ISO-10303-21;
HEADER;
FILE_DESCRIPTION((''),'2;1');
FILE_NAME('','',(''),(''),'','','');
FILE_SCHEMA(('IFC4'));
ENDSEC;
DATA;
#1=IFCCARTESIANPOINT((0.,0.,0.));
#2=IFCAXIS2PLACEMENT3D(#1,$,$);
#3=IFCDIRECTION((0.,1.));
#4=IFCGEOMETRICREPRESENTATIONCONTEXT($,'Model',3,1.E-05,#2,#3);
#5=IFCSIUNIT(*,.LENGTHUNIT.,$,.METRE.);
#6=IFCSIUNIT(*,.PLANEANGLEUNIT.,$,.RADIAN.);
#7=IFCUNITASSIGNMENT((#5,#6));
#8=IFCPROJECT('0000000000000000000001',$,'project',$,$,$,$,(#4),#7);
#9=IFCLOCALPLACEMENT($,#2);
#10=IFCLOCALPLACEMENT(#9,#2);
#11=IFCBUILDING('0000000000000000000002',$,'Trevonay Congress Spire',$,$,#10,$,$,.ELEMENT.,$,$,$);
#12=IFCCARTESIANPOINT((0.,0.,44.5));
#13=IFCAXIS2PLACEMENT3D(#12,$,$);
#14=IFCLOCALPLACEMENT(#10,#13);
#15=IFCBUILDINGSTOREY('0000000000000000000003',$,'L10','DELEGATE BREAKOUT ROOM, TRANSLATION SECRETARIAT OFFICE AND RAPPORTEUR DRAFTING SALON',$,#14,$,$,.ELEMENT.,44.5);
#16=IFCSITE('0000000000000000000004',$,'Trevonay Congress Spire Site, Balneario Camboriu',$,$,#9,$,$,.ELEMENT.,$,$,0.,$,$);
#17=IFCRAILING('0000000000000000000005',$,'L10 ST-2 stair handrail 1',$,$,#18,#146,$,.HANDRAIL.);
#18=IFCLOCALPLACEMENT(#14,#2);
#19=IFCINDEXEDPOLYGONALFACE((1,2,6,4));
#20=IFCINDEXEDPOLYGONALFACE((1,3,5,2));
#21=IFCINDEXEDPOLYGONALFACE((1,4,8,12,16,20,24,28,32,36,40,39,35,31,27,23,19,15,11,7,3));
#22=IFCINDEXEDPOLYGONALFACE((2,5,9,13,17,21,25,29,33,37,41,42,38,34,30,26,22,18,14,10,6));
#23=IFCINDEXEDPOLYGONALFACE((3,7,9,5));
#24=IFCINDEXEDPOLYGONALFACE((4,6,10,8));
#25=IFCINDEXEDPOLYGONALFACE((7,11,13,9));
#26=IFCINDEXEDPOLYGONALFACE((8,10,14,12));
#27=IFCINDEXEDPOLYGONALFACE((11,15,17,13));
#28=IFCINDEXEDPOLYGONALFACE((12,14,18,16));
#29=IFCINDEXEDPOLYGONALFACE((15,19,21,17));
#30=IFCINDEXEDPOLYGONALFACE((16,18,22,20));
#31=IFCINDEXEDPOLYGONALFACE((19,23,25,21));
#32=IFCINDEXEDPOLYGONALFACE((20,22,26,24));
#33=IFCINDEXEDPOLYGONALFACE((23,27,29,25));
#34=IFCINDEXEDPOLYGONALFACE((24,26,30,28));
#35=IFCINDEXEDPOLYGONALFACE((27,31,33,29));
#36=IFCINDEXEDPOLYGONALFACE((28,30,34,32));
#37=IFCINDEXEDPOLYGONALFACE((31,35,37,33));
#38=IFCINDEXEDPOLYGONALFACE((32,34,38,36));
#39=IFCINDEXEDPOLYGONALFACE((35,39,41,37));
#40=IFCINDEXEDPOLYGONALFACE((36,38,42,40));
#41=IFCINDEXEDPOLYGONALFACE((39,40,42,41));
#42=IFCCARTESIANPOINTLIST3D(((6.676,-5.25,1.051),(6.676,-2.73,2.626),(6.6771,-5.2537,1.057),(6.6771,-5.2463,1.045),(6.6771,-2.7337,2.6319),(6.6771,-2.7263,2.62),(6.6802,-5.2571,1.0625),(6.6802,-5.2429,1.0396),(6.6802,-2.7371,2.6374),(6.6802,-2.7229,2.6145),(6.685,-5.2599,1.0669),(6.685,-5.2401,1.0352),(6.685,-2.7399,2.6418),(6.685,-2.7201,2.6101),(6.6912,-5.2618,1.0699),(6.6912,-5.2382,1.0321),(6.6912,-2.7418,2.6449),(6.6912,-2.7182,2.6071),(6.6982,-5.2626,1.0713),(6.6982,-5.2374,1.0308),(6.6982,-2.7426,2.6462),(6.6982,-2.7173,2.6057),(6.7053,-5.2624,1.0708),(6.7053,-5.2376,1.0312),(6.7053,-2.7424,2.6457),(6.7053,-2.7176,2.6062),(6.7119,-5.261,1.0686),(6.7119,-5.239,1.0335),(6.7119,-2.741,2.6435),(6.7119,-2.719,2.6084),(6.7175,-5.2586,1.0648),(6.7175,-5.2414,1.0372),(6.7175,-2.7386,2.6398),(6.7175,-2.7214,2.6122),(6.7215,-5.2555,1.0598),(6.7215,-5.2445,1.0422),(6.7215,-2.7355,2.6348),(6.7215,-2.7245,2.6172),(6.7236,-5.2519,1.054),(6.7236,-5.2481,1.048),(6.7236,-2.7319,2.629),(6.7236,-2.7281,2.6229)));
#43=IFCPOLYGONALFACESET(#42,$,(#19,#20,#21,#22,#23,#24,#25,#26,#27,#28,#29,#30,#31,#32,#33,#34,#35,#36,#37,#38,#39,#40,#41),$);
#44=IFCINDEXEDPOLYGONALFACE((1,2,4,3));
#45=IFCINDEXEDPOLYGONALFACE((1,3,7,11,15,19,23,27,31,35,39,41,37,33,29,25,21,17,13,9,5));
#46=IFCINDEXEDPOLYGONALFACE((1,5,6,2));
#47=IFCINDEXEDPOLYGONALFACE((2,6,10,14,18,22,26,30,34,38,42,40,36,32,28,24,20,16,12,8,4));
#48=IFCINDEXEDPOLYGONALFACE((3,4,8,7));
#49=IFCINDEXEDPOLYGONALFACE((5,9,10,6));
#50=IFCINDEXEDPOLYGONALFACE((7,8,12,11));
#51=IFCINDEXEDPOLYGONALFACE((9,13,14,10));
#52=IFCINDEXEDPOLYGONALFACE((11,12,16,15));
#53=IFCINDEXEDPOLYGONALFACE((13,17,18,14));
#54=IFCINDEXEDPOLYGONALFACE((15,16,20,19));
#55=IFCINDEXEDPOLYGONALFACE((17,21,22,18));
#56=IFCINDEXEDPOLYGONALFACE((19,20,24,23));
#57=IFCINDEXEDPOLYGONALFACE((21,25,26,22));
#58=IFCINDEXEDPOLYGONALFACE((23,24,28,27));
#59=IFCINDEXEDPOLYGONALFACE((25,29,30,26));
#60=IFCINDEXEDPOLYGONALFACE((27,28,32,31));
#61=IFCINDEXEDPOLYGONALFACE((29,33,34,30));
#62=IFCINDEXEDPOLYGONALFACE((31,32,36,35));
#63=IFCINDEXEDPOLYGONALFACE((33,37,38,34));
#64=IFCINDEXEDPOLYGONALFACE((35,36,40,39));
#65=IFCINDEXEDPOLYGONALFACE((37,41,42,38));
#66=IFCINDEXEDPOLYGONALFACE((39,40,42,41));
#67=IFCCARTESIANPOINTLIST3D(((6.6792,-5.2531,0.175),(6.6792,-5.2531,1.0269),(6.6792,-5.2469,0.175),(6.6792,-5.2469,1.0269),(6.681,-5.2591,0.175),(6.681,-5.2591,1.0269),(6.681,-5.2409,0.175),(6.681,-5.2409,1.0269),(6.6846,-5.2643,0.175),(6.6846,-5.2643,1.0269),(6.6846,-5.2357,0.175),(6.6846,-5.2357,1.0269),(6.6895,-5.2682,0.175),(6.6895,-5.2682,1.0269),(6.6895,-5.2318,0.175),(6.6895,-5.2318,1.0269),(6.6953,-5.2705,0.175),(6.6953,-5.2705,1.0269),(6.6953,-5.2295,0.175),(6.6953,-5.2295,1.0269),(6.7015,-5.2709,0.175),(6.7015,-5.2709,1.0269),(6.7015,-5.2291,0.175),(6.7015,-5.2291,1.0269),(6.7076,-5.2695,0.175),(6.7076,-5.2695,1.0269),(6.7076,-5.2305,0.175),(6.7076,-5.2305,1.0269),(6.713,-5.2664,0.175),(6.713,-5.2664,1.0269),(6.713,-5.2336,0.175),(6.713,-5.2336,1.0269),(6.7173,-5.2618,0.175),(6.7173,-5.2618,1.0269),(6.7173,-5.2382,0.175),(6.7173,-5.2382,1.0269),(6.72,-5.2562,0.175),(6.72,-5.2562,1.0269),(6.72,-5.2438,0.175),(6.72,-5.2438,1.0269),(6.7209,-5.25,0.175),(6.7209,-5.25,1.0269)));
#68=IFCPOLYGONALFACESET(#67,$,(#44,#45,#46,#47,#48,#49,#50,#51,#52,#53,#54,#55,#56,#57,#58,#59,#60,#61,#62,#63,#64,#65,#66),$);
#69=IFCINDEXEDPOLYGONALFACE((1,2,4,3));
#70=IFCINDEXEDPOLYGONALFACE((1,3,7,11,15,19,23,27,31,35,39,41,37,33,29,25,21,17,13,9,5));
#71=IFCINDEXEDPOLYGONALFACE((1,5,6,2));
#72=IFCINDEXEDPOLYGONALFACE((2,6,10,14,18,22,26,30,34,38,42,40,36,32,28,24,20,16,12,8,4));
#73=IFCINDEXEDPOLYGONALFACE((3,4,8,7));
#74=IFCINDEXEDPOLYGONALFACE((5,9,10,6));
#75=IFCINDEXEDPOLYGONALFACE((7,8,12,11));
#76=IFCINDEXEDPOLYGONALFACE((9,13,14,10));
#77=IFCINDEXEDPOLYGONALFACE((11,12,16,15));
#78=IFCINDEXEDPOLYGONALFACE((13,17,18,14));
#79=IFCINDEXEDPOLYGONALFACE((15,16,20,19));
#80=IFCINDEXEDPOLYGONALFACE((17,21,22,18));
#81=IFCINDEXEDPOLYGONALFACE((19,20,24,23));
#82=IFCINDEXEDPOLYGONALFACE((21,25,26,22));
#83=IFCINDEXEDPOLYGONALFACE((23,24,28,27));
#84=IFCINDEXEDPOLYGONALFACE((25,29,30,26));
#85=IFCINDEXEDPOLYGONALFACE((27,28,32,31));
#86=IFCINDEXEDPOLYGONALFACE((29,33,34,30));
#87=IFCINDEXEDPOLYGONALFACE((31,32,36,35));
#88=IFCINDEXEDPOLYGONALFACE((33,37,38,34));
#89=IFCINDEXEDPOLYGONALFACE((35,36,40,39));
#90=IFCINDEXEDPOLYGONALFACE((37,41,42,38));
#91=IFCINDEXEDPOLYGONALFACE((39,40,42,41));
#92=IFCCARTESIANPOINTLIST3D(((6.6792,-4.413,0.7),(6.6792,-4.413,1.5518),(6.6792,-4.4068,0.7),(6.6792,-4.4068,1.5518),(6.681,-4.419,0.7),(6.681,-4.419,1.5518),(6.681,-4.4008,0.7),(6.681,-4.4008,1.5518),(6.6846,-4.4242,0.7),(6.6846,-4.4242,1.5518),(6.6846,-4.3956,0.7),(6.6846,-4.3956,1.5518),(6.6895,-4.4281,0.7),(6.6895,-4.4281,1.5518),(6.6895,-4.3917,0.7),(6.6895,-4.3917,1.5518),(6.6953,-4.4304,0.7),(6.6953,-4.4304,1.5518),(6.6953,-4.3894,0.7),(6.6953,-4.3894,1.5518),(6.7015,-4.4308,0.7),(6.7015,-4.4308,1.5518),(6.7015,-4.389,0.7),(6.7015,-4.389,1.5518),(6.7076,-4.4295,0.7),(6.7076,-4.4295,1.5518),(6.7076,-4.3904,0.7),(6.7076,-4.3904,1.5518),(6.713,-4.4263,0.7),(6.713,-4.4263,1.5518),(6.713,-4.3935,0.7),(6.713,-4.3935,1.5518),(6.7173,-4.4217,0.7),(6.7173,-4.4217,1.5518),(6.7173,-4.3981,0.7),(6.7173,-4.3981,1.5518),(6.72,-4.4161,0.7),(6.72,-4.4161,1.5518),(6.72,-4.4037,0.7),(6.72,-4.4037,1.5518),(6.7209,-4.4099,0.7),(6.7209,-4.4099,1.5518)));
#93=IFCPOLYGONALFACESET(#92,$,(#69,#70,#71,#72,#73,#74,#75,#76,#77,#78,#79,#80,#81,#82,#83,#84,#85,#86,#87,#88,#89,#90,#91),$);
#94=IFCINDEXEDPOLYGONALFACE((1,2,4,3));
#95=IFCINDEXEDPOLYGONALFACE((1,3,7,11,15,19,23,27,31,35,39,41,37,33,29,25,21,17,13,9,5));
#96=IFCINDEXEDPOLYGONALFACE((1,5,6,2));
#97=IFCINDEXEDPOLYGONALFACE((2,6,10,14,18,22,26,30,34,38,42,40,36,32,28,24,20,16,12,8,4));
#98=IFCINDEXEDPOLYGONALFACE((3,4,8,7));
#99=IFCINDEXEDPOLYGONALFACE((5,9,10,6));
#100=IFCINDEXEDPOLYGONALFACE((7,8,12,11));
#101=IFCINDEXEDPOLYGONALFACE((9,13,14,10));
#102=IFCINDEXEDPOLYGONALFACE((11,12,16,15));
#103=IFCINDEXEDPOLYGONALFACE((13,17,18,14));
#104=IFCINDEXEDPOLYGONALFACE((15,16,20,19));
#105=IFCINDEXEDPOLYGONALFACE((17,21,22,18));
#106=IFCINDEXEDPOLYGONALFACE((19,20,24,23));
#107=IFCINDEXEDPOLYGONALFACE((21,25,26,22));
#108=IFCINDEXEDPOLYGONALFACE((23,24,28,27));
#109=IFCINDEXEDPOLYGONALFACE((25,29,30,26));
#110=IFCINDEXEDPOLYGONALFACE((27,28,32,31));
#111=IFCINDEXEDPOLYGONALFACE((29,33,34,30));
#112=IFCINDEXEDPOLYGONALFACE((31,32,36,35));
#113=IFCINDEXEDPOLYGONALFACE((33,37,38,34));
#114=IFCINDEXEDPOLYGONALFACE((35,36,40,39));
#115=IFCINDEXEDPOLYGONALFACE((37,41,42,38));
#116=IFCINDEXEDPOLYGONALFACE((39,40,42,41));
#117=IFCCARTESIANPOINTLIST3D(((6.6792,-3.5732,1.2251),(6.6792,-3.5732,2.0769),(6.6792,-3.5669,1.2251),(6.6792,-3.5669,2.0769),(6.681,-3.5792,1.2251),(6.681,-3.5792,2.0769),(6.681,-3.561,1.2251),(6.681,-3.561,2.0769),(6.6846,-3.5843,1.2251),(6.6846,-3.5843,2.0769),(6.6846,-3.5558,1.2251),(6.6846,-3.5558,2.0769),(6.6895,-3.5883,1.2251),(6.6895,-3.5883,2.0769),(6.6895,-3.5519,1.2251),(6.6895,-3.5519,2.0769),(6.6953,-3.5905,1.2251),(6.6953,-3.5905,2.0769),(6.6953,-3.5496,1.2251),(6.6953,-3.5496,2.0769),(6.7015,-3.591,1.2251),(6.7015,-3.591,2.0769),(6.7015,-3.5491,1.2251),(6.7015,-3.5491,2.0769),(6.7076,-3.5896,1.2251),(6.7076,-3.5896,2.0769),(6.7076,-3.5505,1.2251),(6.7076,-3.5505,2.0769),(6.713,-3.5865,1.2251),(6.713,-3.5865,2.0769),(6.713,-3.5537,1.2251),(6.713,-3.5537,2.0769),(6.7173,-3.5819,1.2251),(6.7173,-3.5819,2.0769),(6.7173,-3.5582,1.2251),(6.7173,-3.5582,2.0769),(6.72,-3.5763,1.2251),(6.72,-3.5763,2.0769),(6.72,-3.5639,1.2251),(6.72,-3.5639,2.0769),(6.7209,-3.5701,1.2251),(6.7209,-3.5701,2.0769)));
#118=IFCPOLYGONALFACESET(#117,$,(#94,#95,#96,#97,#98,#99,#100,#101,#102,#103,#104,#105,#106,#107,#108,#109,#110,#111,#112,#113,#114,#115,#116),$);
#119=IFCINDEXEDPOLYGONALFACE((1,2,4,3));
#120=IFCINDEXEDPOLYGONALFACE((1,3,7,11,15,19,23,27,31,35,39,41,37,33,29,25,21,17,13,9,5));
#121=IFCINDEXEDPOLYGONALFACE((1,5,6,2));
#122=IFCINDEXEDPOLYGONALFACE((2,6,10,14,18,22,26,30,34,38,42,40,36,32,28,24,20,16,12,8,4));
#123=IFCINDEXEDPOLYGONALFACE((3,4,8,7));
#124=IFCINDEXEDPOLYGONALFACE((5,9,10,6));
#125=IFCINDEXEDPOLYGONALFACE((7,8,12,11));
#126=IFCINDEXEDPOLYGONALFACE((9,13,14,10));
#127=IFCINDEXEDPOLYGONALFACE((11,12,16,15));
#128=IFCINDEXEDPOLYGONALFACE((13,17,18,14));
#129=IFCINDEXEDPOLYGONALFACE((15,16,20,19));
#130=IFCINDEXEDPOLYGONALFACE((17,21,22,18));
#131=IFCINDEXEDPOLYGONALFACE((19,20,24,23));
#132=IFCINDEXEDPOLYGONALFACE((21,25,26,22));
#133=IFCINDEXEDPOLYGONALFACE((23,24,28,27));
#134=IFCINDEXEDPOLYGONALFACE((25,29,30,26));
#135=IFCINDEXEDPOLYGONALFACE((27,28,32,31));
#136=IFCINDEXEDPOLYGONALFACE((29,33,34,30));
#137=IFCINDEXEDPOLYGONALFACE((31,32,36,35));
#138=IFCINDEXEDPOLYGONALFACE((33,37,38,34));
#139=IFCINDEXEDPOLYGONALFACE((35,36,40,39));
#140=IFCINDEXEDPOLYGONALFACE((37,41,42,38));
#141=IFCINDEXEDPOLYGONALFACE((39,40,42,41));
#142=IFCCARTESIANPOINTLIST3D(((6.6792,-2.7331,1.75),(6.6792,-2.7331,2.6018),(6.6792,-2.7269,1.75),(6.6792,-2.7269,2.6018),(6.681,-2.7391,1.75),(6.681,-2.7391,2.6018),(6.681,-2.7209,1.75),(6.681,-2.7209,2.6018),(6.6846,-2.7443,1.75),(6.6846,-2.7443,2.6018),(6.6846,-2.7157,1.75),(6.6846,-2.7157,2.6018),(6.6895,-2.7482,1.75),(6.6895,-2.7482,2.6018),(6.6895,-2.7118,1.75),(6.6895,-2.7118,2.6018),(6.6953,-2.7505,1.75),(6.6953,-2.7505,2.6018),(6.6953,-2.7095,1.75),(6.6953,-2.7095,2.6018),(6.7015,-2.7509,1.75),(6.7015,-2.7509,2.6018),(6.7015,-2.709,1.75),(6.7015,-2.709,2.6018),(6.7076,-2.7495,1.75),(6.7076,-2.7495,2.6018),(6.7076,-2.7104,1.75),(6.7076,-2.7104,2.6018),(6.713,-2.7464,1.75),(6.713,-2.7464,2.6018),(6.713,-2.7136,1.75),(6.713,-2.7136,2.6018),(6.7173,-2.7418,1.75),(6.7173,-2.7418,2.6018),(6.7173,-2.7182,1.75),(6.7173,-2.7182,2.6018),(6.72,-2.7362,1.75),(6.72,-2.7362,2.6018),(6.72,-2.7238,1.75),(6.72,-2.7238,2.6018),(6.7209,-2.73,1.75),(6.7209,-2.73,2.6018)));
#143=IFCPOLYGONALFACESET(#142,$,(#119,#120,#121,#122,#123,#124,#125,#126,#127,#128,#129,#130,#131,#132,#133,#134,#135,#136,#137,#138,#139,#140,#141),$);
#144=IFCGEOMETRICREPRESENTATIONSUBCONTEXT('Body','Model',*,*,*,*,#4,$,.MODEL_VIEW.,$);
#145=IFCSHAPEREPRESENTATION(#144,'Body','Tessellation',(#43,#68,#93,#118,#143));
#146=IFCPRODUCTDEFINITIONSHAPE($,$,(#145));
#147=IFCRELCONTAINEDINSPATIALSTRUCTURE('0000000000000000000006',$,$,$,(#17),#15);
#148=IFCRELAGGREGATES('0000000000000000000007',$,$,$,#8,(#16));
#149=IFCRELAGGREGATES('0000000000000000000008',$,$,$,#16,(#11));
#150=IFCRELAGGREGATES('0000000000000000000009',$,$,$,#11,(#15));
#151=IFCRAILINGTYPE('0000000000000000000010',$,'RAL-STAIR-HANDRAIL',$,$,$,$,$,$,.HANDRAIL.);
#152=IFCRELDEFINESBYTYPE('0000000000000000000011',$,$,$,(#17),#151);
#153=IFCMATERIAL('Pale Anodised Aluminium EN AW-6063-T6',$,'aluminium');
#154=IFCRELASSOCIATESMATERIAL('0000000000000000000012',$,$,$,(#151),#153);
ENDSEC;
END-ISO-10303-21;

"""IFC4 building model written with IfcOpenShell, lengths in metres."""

from ifc_helpers import new_model, si_unit, direction, frame, origin, origin_2d, place, context, subcontext, project, spatial, circle, extrude, material, type_object, element, save


model = new_model("IFC4")

# Units and contexts
model_context = context("Model", 3, precision=1e-05, world=origin(), true_north=direction((0.0, 1.0)))
body_context = subcontext(model_context, "Body", "Model", "MODEL_VIEW")
ifc_project = project(units=[si_unit("LENGTHUNIT", "METRE"), si_unit("PLANEANGLEUNIT", "RADIAN")], contexts=[model_context])

# Site, building, storey
site_placement = place(None, origin())
site = spatial("IfcSite", under=ifc_project, at=site_placement, Name="Trevonay Congress Spire Site, Balneario Camboriu", CompositionType="ELEMENT", RefElevation=0.0)
building_placement = place(site_placement, origin())
building = spatial("IfcBuilding", under=site, at=building_placement, Name="Trevonay Congress Spire", CompositionType="ELEMENT")
storey_placement = place(building_placement, frame((0.0, 0.0, 44.5)))
storey = spatial("IfcBuildingStorey", under=building, at=storey_placement, Name="L10", Description="DELEGATE BREAKOUT ROOM, TRANSLATION SECRETARIAT OFFICE AND RAPPORTEUR DRAFTING SALON", CompositionType="ELEMENT", Elevation=44.5)

# Shared definitions
ifc_material_1 = material(Name="Pale Anodised Aluminium EN AW-6063-T6", Category="aluminium")

# Railing
railing_type_1 = type_object("IfcRailingType", Name="RAL-STAIR-HANDRAIL", PredefinedType="HANDRAIL", material=ifc_material_1)
railing_1_placement = place(storey_placement, frame((6.7, -5.25, 0.175)))
element("IfcRailing", 1, at=railing_1_placement, inside=storey, type_object=railing_type_1, Name="L10 ST-2 stair handrail 1", PredefinedType="HANDRAIL", context=body_context, shape_type="SweptSolid", body=[
    extrude(circle(Radius=0.0239, at=origin_2d()), frame((0.0, 0.0, 0.876), z_axis=(0.0, 0.848008, 0.529984), x_axis=(-1.0, 0.0, 0.0)), (0.0, 0.0, 1.0), 2.9717),
    extrude(circle(Radius=0.021, at=origin_2d()), origin(), (0.0, 0.0, 1.0), 0.8518),
    extrude(circle(Radius=0.021, at=origin_2d()), frame((0.0, 0.8401, 0.5249)), (0.0, 0.0, 1.0), 0.8518),
    extrude(circle(Radius=0.021, at=origin_2d()), frame((0.0, 1.6799, 1.05)), (0.0, 0.0, 1.0), 0.8518),
    extrude(circle(Radius=0.021, at=origin_2d()), frame((0.0, 2.52, 1.575)), (0.0, 0.0, 1.0), 0.8518),
])

save(model, "model.ifc")
